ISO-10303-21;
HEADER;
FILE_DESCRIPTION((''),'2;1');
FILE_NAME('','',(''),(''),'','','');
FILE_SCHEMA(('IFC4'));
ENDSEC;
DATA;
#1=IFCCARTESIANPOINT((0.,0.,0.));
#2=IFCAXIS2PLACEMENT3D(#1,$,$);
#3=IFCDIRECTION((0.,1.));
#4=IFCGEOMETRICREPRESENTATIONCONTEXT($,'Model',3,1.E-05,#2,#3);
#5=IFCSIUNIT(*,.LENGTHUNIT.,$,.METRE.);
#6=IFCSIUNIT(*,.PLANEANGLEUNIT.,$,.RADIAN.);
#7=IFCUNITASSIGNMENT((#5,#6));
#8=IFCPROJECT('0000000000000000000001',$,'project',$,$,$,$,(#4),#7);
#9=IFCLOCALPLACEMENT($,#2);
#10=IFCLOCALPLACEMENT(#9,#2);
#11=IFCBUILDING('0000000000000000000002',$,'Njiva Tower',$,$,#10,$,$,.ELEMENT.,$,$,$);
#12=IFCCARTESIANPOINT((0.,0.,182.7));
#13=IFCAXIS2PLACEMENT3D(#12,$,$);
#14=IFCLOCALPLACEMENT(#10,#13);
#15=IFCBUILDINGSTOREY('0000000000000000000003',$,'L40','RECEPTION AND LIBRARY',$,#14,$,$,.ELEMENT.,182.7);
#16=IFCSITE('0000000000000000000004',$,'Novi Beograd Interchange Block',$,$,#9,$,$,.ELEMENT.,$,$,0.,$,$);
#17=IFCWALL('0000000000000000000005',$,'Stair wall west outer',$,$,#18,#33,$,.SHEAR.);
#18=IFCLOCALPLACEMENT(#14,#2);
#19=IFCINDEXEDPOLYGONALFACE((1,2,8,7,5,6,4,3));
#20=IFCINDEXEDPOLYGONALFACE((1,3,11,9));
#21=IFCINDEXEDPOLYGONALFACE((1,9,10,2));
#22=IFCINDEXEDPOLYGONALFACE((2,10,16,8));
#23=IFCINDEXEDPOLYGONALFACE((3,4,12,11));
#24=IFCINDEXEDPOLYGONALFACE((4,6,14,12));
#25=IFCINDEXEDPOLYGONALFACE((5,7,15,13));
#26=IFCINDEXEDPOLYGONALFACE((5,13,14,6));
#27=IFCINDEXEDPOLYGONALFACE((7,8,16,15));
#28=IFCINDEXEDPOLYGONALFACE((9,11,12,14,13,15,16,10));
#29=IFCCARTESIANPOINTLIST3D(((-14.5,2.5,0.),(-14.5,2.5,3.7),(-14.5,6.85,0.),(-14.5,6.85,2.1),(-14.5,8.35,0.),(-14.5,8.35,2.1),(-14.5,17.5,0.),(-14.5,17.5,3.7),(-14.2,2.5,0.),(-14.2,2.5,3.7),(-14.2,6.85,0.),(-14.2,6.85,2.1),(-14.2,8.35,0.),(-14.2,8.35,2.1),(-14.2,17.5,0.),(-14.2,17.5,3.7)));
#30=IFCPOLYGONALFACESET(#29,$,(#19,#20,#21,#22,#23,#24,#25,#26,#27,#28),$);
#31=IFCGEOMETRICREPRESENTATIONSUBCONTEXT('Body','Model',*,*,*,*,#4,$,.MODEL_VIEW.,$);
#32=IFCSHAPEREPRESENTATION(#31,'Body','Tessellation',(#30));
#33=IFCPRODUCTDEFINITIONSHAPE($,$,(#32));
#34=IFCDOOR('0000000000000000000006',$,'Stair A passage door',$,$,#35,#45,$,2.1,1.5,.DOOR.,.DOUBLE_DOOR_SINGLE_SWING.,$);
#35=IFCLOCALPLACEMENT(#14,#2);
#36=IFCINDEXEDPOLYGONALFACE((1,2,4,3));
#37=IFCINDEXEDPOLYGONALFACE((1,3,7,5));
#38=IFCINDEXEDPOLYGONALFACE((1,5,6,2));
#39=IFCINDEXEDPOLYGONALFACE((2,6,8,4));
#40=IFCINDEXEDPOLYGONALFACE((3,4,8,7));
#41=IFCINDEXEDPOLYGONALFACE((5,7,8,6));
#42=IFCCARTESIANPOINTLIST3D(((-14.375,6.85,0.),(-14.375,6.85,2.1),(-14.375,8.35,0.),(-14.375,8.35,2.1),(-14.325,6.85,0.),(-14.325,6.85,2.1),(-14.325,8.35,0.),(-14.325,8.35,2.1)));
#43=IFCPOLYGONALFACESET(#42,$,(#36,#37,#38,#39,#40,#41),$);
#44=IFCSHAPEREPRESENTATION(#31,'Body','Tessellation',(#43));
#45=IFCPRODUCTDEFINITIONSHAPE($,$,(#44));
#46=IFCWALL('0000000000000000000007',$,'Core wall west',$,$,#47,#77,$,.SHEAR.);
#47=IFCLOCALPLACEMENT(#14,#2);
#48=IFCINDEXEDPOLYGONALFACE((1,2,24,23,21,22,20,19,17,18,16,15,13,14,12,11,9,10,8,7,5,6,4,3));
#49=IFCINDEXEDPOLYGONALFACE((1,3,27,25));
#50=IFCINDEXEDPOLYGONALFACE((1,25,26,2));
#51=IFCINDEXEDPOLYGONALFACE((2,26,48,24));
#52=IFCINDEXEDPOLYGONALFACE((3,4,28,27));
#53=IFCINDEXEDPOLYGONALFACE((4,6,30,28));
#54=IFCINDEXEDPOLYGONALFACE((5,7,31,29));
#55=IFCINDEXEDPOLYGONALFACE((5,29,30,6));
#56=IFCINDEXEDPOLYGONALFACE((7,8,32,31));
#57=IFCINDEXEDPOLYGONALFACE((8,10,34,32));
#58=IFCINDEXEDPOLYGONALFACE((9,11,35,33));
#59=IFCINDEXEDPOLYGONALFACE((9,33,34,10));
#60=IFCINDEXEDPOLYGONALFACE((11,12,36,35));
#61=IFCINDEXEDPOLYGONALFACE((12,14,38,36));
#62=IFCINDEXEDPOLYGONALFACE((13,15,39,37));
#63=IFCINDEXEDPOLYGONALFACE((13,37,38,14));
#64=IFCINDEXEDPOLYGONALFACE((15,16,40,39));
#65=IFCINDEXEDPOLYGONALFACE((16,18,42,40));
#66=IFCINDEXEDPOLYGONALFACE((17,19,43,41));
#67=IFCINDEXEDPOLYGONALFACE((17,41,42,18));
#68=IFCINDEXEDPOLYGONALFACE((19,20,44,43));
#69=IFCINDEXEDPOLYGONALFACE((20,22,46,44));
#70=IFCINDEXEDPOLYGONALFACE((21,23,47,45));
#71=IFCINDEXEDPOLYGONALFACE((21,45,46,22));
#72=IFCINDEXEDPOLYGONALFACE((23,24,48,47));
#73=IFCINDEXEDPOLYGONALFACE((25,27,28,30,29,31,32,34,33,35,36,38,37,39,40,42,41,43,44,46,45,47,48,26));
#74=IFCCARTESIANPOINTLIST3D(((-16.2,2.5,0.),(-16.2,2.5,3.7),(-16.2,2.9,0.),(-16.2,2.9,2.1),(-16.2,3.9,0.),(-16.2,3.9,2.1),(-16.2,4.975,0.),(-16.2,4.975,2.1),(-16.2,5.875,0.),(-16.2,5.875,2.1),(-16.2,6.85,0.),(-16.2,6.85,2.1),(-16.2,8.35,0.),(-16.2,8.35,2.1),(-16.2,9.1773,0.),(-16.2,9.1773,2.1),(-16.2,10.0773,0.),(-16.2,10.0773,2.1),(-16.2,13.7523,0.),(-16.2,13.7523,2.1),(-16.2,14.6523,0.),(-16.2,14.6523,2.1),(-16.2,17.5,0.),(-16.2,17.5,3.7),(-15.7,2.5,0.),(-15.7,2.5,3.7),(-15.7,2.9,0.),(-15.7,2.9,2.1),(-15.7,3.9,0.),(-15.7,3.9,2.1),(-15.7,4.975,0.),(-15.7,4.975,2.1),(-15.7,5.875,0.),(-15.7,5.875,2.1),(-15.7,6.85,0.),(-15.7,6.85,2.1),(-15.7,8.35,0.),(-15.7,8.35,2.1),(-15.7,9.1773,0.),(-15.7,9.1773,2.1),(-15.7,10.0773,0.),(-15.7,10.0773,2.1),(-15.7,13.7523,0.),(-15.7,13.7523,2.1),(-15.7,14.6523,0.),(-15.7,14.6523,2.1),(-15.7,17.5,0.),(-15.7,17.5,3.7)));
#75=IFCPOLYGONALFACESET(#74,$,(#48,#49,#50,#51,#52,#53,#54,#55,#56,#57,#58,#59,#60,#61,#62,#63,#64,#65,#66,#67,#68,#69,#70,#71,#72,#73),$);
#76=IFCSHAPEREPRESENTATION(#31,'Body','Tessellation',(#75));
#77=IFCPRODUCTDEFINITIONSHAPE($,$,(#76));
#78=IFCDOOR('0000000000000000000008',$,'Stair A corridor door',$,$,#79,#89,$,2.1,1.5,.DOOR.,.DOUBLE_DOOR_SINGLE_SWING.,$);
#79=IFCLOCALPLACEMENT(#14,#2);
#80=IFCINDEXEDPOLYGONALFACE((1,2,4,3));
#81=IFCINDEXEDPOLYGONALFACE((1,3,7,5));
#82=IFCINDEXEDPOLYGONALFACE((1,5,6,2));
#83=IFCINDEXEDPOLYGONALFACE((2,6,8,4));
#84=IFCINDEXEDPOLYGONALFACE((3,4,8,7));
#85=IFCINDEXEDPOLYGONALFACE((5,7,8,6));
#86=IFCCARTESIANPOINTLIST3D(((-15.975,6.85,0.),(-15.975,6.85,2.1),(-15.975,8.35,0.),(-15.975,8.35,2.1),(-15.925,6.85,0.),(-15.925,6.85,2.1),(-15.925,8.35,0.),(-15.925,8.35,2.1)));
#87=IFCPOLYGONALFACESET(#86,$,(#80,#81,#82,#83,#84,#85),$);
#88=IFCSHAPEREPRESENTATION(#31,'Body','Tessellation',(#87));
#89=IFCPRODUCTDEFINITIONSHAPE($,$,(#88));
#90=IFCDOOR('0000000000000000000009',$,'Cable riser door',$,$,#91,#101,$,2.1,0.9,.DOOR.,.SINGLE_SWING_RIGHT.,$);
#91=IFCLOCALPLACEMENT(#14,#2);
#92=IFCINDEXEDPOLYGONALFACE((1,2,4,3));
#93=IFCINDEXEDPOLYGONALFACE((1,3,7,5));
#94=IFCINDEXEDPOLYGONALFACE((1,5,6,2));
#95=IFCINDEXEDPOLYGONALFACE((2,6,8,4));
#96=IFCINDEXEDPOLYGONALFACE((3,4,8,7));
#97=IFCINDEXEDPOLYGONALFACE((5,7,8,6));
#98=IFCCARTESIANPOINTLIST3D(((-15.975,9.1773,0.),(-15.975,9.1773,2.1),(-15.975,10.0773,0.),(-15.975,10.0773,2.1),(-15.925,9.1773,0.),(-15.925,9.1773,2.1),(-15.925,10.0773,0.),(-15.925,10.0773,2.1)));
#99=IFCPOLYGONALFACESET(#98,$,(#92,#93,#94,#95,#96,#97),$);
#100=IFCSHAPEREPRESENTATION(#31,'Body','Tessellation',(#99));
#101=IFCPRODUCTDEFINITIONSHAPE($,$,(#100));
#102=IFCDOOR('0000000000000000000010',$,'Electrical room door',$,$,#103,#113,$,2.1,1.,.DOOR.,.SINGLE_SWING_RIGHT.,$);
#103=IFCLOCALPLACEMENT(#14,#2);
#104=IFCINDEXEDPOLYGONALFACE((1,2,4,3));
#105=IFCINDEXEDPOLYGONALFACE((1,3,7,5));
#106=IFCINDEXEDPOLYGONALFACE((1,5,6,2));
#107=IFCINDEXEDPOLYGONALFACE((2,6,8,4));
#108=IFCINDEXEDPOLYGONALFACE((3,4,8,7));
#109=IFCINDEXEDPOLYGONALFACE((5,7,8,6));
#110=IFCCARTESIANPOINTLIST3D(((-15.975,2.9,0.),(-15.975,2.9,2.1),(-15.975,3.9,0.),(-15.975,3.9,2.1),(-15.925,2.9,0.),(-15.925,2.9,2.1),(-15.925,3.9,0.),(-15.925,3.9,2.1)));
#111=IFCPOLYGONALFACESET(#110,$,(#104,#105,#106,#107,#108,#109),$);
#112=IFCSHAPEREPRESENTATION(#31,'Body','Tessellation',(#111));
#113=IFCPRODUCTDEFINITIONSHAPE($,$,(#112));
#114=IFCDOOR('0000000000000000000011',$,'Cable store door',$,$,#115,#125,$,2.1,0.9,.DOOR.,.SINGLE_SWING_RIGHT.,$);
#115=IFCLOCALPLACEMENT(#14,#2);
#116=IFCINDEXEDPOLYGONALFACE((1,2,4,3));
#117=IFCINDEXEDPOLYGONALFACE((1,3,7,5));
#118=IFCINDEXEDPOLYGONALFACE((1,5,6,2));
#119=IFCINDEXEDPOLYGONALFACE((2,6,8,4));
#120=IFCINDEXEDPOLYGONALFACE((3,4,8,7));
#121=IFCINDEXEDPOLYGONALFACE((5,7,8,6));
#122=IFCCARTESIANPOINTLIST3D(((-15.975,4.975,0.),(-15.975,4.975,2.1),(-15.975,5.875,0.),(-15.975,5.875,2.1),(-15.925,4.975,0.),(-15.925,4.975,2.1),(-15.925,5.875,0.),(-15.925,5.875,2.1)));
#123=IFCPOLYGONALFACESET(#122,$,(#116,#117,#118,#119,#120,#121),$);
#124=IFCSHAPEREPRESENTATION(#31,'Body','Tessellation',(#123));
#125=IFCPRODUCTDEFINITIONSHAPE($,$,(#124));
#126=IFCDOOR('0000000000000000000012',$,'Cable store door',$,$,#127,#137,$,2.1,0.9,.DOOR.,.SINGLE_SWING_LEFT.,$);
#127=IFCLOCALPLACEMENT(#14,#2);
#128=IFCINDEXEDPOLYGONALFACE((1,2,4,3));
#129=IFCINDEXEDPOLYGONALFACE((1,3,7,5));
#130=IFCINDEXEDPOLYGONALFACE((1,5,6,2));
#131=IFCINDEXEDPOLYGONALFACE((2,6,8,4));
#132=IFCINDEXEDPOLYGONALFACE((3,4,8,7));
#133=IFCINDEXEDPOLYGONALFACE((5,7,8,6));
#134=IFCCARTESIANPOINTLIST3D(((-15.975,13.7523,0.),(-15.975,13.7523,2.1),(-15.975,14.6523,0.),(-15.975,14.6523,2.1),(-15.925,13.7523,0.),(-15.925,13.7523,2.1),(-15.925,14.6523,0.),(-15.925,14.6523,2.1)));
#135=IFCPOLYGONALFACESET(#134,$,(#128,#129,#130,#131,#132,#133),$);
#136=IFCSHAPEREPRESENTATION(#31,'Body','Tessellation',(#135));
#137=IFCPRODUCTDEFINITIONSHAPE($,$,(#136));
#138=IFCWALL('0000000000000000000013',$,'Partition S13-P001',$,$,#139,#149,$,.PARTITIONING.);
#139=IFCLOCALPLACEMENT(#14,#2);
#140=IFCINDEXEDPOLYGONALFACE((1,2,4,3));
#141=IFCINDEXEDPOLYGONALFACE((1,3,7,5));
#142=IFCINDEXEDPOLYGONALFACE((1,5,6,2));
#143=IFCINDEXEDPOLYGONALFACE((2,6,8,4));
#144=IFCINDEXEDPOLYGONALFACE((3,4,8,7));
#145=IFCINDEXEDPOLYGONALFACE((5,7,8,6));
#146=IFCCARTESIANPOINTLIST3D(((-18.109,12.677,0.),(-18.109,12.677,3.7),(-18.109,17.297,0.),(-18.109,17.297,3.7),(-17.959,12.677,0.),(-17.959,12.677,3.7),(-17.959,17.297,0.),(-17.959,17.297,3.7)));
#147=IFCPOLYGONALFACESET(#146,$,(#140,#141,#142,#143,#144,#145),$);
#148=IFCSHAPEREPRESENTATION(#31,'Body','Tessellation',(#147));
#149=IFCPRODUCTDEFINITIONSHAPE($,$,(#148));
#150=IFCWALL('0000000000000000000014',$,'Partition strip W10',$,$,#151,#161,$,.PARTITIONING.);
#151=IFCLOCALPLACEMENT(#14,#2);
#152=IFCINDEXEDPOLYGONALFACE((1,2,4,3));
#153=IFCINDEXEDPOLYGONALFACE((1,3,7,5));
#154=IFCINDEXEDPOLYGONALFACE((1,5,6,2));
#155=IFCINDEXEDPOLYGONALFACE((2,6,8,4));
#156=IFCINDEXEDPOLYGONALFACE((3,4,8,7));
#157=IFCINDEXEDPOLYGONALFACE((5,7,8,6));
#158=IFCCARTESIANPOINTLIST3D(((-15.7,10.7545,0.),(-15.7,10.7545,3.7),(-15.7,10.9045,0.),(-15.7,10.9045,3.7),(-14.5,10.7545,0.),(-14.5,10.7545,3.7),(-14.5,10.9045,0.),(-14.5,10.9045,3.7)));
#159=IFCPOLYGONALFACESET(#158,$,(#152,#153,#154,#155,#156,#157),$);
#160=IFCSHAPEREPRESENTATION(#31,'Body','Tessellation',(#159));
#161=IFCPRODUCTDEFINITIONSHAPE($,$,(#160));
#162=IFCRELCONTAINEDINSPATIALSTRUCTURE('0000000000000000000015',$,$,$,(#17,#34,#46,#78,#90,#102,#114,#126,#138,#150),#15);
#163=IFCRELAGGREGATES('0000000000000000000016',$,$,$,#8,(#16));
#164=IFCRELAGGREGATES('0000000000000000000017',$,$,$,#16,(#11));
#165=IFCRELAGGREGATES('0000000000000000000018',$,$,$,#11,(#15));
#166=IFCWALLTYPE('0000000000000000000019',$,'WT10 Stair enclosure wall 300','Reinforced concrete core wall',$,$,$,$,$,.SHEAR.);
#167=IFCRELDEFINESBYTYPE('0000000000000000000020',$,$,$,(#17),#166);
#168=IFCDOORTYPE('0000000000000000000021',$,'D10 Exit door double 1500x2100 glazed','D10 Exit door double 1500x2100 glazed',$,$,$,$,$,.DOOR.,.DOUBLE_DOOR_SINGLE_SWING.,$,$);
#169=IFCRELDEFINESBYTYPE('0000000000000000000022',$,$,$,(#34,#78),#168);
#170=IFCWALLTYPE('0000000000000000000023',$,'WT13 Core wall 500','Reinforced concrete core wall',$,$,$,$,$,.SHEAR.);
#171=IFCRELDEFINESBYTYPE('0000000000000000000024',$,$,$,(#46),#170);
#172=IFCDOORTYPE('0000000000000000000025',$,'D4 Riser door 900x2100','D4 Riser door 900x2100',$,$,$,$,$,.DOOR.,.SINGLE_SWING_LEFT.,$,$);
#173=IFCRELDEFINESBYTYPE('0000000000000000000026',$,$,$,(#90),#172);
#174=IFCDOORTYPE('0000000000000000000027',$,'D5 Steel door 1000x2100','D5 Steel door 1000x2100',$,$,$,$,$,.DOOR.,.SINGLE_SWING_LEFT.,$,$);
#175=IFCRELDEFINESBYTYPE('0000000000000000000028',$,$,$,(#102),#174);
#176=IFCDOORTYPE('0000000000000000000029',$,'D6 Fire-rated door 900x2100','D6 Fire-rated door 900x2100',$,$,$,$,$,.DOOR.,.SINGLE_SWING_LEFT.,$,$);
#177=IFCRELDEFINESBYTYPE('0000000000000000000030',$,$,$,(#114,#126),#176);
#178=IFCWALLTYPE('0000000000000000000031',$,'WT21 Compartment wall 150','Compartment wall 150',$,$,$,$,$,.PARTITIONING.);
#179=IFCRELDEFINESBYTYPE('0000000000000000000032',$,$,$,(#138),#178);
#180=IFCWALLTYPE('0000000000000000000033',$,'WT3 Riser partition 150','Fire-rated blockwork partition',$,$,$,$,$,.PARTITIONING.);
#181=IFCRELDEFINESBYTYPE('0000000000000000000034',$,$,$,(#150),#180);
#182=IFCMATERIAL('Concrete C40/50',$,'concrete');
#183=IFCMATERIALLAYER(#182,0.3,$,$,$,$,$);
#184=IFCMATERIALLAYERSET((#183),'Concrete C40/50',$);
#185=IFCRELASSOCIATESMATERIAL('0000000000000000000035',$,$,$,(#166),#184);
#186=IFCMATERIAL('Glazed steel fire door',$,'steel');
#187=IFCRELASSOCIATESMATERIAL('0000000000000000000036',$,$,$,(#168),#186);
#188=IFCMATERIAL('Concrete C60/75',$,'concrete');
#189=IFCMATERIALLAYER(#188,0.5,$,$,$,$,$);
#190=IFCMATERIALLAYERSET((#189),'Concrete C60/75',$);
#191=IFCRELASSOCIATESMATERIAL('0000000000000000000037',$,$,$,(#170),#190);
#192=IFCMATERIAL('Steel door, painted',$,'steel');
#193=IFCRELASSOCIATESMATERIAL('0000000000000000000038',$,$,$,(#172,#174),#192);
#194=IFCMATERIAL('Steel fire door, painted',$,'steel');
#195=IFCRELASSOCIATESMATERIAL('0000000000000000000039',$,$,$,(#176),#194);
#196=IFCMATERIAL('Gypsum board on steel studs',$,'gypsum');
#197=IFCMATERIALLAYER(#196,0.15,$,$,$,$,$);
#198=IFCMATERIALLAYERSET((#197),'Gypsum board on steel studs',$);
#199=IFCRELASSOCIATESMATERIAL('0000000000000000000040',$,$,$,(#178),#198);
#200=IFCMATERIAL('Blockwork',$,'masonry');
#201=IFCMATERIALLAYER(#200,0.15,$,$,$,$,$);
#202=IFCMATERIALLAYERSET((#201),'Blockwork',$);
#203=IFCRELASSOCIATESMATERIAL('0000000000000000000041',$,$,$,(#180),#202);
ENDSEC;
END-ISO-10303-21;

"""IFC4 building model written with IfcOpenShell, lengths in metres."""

from ifc_helpers import new_model, si_unit, direction, frame, frame_2d, origin, place, context, subcontext, project, spatial, rectangle, extrude, material, layer, layer_set, type_object, element, fill, save


model = new_model("IFC4")

# Units and contexts
model_context = context("Model", 3, precision=1e-05, world=origin(), true_north=direction((0.0, 1.0)))
body_context = subcontext(model_context, "Body", "Model", "MODEL_VIEW")
ifc_project = project(units=[si_unit("LENGTHUNIT", "METRE"), si_unit("PLANEANGLEUNIT", "RADIAN")], contexts=[model_context])

# Site, building, storey
site_placement = place(None, origin())
site = spatial("IfcSite", under=ifc_project, at=site_placement, Name="Novi Beograd Interchange Block", CompositionType="ELEMENT", RefElevation=0.0)
building_placement = place(site_placement, origin())
building = spatial("IfcBuilding", under=site, at=building_placement, Name="Njiva Tower", CompositionType="ELEMENT")
storey_placement = place(building_placement, frame((0.0, 0.0, 182.7)))
storey = spatial("IfcBuildingStorey", under=building, at=storey_placement, Name="L40", Description="RECEPTION AND LIBRARY", CompositionType="ELEMENT", Elevation=182.7)

# Shared definitions
ifc_material_1 = material(Name="Blockwork", Category="masonry")

# Wall, opening, door
ifc_material_2 = material(Name="Concrete C40/50", Category="concrete")
ifc_layer_1 = layer(ifc_material_2, 0.3)
ifc_layer_set_1 = layer_set([ifc_layer_1], Name="Concrete C40/50")
wall_type_1 = type_object("IfcWallType", Name="WT10 Stair enclosure wall 300", Description="Reinforced concrete core wall", PredefinedType="SHEAR", material=ifc_layer_set_1)
wall_1_placement = place(storey_placement, frame((-14.35, 2.5, 0.0), z_axis=(0.0, 0.0, 1.0), x_axis=(0.0, 1.0, 0.0)))
wall_1 = element("IfcWall", 1, at=wall_1_placement, inside=storey, type_object=wall_type_1, Name="Stair wall west outer", PredefinedType="SHEAR", context=body_context, shape_type="SweptSolid", body=[
    extrude(rectangle(XDim=15.0, YDim=0.3, at=frame_2d((7.5, 0.0))), origin(), (0.0, 0.0, 1.0), 3.7),
])
opening_1_placement = place(wall_1_placement, frame((4.35, 0.0, 0.0)))
opening_1 = element("IfcOpeningElement", 2, at=opening_1_placement, cuts=wall_1, PredefinedType="OPENING", context=body_context, shape_type="SweptSolid", body=[
    extrude(rectangle(XDim=1.5, YDim=2.1, at=frame_2d((0.75, 1.05))), frame((0.0, 0.16, 0.0), z_axis=(0.0, -1.0, 0.0), x_axis=(1.0, 0.0, 0.0)), (0.0, 0.0, 1.0), 0.32),
])
ifc_material_3 = material(Name="Glazed steel fire door", Category="steel")
door_type_1 = type_object("IfcDoorType", Name="D10 Exit door double 1500x2100 glazed", Description="D10 Exit door double 1500x2100 glazed", OperationType="DOUBLE_DOOR_SINGLE_SWING", PredefinedType="DOOR", material=ifc_material_3)
door_1_placement = place(opening_1_placement, origin())
door_1 = element("IfcDoor", 3, at=door_1_placement, inside=storey, type_object=door_type_1, Name="Stair A passage door", OperationType="DOUBLE_DOOR_SINGLE_SWING", OverallHeight=2.1, OverallWidth=1.5, PredefinedType="DOOR", context=body_context, shape_type="SweptSolid", body=[
    extrude(rectangle(XDim=1.5, YDim=2.1, at=frame_2d((0.75, 1.05))), frame((0.0, 0.025, 0.0), z_axis=(0.0, -1.0, 0.0), x_axis=(1.0, 0.0, 0.0)), (0.0, 0.0, 1.0), 0.05),
])
fill(opening_1, door_1)

# Wall, openings, doors
ifc_material_4 = material(Name="Concrete C60/75", Category="concrete")
ifc_layer_2 = layer(ifc_material_4, 0.5)
ifc_layer_set_2 = layer_set([ifc_layer_2], Name="Concrete C60/75")
wall_type_2 = type_object("IfcWallType", Name="WT13 Core wall 500", Description="Reinforced concrete core wall", PredefinedType="SHEAR", material=ifc_layer_set_2)
wall_2_placement = place(storey_placement, frame((-15.95, 2.5, 0.0), z_axis=(0.0, 0.0, 1.0), x_axis=(0.0, 1.0, 0.0)))
wall_2 = element("IfcWall", 4, at=wall_2_placement, inside=storey, type_object=wall_type_2, Name="Core wall west", PredefinedType="SHEAR", context=body_context, shape_type="SweptSolid", body=[
    extrude(rectangle(XDim=15.0, YDim=0.5, at=frame_2d((7.5, 0.0))), origin(), (0.0, 0.0, 1.0), 3.7),
])
opening_2_placement = place(wall_2_placement, frame((4.35, 0.0, 0.0)))
opening_2 = element("IfcOpeningElement", 5, at=opening_2_placement, cuts=wall_2, PredefinedType="OPENING", context=body_context, shape_type="SweptSolid", body=[
    extrude(rectangle(XDim=1.5, YDim=2.1, at=frame_2d((0.75, 1.05))), frame((0.0, 0.26, 0.0), z_axis=(0.0, -1.0, 0.0), x_axis=(1.0, 0.0, 0.0)), (0.0, 0.0, 1.0), 0.52),
])
opening_3_placement = place(wall_2_placement, frame((0.4, 0.0, 0.0)))
opening_3 = element("IfcOpeningElement", 6, at=opening_3_placement, cuts=wall_2, PredefinedType="OPENING", context=body_context, shape_type="SweptSolid", body=[
    extrude(rectangle(XDim=1.0, YDim=2.1, at=frame_2d((0.5, 1.05))), frame((0.0, 0.26, 0.0), z_axis=(0.0, -1.0, 0.0), x_axis=(1.0, 0.0, 0.0)), (0.0, 0.0, 1.0), 0.52),
])
opening_4_placement = place(wall_2_placement, frame((2.475, 0.0, 0.0)))
opening_4 = element("IfcOpeningElement", 7, at=opening_4_placement, cuts=wall_2, PredefinedType="OPENING", context=body_context, shape_type="SweptSolid", body=[
    extrude(rectangle(XDim=0.9, YDim=2.1, at=frame_2d((0.45, 1.05))), frame((0.0, 0.26, 0.0), z_axis=(0.0, -1.0, 0.0), x_axis=(1.0, 0.0, 0.0)), (0.0, 0.0, 1.0), 0.52),
])
opening_5_placement = place(wall_2_placement, frame((6.6773, 0.0, 0.0)))
opening_5 = element("IfcOpeningElement", 8, at=opening_5_placement, cuts=wall_2, PredefinedType="OPENING", context=body_context, shape_type="SweptSolid", body=[
    extrude(rectangle(XDim=0.9, YDim=2.1, at=frame_2d((0.45, 1.05))), frame((0.0, 0.26, 0.0), z_axis=(0.0, -1.0, 0.0), x_axis=(1.0, 0.0, 0.0)), (0.0, 0.0, 1.0), 0.52),
])
opening_6_placement = place(wall_2_placement, frame((11.2523, 0.0, 0.0)))
opening_6 = element("IfcOpeningElement", 9, at=opening_6_placement, cuts=wall_2, PredefinedType="OPENING", context=body_context, shape_type="SweptSolid", body=[
    extrude(rectangle(XDim=0.9, YDim=2.1, at=frame_2d((0.45, 1.05))), frame((0.0, 0.26, 0.0), z_axis=(0.0, -1.0, 0.0), x_axis=(1.0, 0.0, 0.0)), (0.0, 0.0, 1.0), 0.52),
])
door_2_placement = place(opening_2_placement, origin())
door_2 = element("IfcDoor", 10, at=door_2_placement, inside=storey, type_object=door_type_1, Name="Stair A corridor door", OperationType="DOUBLE_DOOR_SINGLE_SWING", OverallHeight=2.1, OverallWidth=1.5, PredefinedType="DOOR", context=body_context, shape_type="SweptSolid", body=[
    extrude(rectangle(XDim=1.5, YDim=2.1, at=frame_2d((0.75, 1.05))), frame((0.0, 0.025, 0.0), z_axis=(0.0, -1.0, 0.0), x_axis=(1.0, 0.0, 0.0)), (0.0, 0.0, 1.0), 0.05),
])
fill(opening_2, door_2)
ifc_material_5 = material(Name="Steel door, painted", Category="steel")
door_type_2 = type_object("IfcDoorType", Name="D4 Riser door 900x2100", Description="D4 Riser door 900x2100", OperationType="SINGLE_SWING_LEFT", PredefinedType="DOOR", material=ifc_material_5)
door_3_placement = place(opening_5_placement, origin())
door_3 = element("IfcDoor", 11, at=door_3_placement, inside=storey, type_object=door_type_2, Name="Cable riser door", OperationType="SINGLE_SWING_RIGHT", OverallHeight=2.1, OverallWidth=0.9, PredefinedType="DOOR", context=body_context, shape_type="SweptSolid", body=[
    extrude(rectangle(XDim=0.9, YDim=2.1, at=frame_2d((0.45, 1.05))), frame((0.0, 0.025, 0.0), z_axis=(0.0, -1.0, 0.0), x_axis=(1.0, 0.0, 0.0)), (0.0, 0.0, 1.0), 0.05),
])
fill(opening_5, door_3)
door_type_3 = type_object("IfcDoorType", Name="D5 Steel door 1000x2100", Description="D5 Steel door 1000x2100", OperationType="SINGLE_SWING_LEFT", PredefinedType="DOOR", material=ifc_material_5)
door_4_placement = place(opening_3_placement, origin())
door_4 = element("IfcDoor", 12, at=door_4_placement, inside=storey, type_object=door_type_3, Name="Electrical room door", OperationType="SINGLE_SWING_RIGHT", OverallHeight=2.1, OverallWidth=1.0, PredefinedType="DOOR", context=body_context, shape_type="SweptSolid", body=[
    extrude(rectangle(XDim=1.0, YDim=2.1, at=frame_2d((0.5, 1.05))), frame((0.0, 0.025, 0.0), z_axis=(0.0, -1.0, 0.0), x_axis=(1.0, 0.0, 0.0)), (0.0, 0.0, 1.0), 0.05),
])
fill(opening_3, door_4)
ifc_material_6 = material(Name="Steel fire door, painted", Category="steel")
door_type_4 = type_object("IfcDoorType", Name="D6 Fire-rated door 900x2100", Description="D6 Fire-rated door 900x2100", OperationType="SINGLE_SWING_LEFT", PredefinedType="DOOR", material=ifc_material_6)
door_5_placement = place(opening_4_placement, origin())
door_5 = element("IfcDoor", 13, at=door_5_placement, inside=storey, type_object=door_type_4, Name="Cable store door", OperationType="SINGLE_SWING_RIGHT", OverallHeight=2.1, OverallWidth=0.9, PredefinedType="DOOR", context=body_context, shape_type="SweptSolid", body=[
    extrude(rectangle(XDim=0.9, YDim=2.1, at=frame_2d((0.45, 1.05))), frame((0.0, 0.025, 0.0), z_axis=(0.0, -1.0, 0.0), x_axis=(1.0, 0.0, 0.0)), (0.0, 0.0, 1.0), 0.05),
])
fill(opening_4, door_5)
door_6_placement = place(opening_6_placement, origin())
door_6 = element("IfcDoor", 14, at=door_6_placement, inside=storey, type_object=door_type_4, Name="Cable store door", OperationType="SINGLE_SWING_LEFT", OverallHeight=2.1, OverallWidth=0.9, PredefinedType="DOOR", context=body_context, shape_type="SweptSolid", body=[
    extrude(rectangle(XDim=0.9, YDim=2.1, at=frame_2d((0.45, 1.05))), frame((0.0, 0.025, 0.0), z_axis=(0.0, -1.0, 0.0), x_axis=(1.0, 0.0, 0.0)), (0.0, 0.0, 1.0), 0.05),
])
fill(opening_6, door_6)

# Walls
ifc_material_7 = material(Name="Gypsum board on steel studs", Category="gypsum")
ifc_layer_3 = layer(ifc_material_7, 0.15)
ifc_layer_set_3 = layer_set([ifc_layer_3], Name="Gypsum board on steel studs")
wall_type_3 = type_object("IfcWallType", Name="WT21 Compartment wall 150", Description="Compartment wall 150", PredefinedType="PARTITIONING", material=ifc_layer_set_3)
wall_3_placement = place(storey_placement, frame((-18.034, 12.677, 0.0), z_axis=(0.0, 0.0, 1.0), x_axis=(0.0, 1.0, 0.0)))
element("IfcWall", 15, at=wall_3_placement, inside=storey, type_object=wall_type_3, Name="Partition S13-P001", PredefinedType="PARTITIONING", context=body_context, shape_type="SweptSolid", body=[
    extrude(rectangle(XDim=4.62, YDim=0.15, at=frame_2d((2.31, 0.0))), origin(), (0.0, 0.0, 1.0), 3.7),
])
ifc_layer_4 = layer(ifc_material_1, 0.15)
ifc_layer_set_4 = layer_set([ifc_layer_4], Name="Blockwork")
wall_type_4 = type_object("IfcWallType", Name="WT3 Riser partition 150", Description="Fire-rated blockwork partition", PredefinedType="PARTITIONING", material=ifc_layer_set_4)
wall_4_placement = place(storey_placement, frame((-15.7, 10.8295, 0.0), z_axis=(0.0, 0.0, 1.0), x_axis=(1.0, 0.0, 0.0)))
element("IfcWall", 16, at=wall_4_placement, inside=storey, type_object=wall_type_4, Name="Partition strip W10", PredefinedType="PARTITIONING", context=body_context, shape_type="SweptSolid", body=[
    extrude(rectangle(XDim=1.2, YDim=0.15, at=frame_2d((0.6, 0.0))), origin(), (0.0, 0.0, 1.0), 3.7),
])

save(model, "model.ifc")
